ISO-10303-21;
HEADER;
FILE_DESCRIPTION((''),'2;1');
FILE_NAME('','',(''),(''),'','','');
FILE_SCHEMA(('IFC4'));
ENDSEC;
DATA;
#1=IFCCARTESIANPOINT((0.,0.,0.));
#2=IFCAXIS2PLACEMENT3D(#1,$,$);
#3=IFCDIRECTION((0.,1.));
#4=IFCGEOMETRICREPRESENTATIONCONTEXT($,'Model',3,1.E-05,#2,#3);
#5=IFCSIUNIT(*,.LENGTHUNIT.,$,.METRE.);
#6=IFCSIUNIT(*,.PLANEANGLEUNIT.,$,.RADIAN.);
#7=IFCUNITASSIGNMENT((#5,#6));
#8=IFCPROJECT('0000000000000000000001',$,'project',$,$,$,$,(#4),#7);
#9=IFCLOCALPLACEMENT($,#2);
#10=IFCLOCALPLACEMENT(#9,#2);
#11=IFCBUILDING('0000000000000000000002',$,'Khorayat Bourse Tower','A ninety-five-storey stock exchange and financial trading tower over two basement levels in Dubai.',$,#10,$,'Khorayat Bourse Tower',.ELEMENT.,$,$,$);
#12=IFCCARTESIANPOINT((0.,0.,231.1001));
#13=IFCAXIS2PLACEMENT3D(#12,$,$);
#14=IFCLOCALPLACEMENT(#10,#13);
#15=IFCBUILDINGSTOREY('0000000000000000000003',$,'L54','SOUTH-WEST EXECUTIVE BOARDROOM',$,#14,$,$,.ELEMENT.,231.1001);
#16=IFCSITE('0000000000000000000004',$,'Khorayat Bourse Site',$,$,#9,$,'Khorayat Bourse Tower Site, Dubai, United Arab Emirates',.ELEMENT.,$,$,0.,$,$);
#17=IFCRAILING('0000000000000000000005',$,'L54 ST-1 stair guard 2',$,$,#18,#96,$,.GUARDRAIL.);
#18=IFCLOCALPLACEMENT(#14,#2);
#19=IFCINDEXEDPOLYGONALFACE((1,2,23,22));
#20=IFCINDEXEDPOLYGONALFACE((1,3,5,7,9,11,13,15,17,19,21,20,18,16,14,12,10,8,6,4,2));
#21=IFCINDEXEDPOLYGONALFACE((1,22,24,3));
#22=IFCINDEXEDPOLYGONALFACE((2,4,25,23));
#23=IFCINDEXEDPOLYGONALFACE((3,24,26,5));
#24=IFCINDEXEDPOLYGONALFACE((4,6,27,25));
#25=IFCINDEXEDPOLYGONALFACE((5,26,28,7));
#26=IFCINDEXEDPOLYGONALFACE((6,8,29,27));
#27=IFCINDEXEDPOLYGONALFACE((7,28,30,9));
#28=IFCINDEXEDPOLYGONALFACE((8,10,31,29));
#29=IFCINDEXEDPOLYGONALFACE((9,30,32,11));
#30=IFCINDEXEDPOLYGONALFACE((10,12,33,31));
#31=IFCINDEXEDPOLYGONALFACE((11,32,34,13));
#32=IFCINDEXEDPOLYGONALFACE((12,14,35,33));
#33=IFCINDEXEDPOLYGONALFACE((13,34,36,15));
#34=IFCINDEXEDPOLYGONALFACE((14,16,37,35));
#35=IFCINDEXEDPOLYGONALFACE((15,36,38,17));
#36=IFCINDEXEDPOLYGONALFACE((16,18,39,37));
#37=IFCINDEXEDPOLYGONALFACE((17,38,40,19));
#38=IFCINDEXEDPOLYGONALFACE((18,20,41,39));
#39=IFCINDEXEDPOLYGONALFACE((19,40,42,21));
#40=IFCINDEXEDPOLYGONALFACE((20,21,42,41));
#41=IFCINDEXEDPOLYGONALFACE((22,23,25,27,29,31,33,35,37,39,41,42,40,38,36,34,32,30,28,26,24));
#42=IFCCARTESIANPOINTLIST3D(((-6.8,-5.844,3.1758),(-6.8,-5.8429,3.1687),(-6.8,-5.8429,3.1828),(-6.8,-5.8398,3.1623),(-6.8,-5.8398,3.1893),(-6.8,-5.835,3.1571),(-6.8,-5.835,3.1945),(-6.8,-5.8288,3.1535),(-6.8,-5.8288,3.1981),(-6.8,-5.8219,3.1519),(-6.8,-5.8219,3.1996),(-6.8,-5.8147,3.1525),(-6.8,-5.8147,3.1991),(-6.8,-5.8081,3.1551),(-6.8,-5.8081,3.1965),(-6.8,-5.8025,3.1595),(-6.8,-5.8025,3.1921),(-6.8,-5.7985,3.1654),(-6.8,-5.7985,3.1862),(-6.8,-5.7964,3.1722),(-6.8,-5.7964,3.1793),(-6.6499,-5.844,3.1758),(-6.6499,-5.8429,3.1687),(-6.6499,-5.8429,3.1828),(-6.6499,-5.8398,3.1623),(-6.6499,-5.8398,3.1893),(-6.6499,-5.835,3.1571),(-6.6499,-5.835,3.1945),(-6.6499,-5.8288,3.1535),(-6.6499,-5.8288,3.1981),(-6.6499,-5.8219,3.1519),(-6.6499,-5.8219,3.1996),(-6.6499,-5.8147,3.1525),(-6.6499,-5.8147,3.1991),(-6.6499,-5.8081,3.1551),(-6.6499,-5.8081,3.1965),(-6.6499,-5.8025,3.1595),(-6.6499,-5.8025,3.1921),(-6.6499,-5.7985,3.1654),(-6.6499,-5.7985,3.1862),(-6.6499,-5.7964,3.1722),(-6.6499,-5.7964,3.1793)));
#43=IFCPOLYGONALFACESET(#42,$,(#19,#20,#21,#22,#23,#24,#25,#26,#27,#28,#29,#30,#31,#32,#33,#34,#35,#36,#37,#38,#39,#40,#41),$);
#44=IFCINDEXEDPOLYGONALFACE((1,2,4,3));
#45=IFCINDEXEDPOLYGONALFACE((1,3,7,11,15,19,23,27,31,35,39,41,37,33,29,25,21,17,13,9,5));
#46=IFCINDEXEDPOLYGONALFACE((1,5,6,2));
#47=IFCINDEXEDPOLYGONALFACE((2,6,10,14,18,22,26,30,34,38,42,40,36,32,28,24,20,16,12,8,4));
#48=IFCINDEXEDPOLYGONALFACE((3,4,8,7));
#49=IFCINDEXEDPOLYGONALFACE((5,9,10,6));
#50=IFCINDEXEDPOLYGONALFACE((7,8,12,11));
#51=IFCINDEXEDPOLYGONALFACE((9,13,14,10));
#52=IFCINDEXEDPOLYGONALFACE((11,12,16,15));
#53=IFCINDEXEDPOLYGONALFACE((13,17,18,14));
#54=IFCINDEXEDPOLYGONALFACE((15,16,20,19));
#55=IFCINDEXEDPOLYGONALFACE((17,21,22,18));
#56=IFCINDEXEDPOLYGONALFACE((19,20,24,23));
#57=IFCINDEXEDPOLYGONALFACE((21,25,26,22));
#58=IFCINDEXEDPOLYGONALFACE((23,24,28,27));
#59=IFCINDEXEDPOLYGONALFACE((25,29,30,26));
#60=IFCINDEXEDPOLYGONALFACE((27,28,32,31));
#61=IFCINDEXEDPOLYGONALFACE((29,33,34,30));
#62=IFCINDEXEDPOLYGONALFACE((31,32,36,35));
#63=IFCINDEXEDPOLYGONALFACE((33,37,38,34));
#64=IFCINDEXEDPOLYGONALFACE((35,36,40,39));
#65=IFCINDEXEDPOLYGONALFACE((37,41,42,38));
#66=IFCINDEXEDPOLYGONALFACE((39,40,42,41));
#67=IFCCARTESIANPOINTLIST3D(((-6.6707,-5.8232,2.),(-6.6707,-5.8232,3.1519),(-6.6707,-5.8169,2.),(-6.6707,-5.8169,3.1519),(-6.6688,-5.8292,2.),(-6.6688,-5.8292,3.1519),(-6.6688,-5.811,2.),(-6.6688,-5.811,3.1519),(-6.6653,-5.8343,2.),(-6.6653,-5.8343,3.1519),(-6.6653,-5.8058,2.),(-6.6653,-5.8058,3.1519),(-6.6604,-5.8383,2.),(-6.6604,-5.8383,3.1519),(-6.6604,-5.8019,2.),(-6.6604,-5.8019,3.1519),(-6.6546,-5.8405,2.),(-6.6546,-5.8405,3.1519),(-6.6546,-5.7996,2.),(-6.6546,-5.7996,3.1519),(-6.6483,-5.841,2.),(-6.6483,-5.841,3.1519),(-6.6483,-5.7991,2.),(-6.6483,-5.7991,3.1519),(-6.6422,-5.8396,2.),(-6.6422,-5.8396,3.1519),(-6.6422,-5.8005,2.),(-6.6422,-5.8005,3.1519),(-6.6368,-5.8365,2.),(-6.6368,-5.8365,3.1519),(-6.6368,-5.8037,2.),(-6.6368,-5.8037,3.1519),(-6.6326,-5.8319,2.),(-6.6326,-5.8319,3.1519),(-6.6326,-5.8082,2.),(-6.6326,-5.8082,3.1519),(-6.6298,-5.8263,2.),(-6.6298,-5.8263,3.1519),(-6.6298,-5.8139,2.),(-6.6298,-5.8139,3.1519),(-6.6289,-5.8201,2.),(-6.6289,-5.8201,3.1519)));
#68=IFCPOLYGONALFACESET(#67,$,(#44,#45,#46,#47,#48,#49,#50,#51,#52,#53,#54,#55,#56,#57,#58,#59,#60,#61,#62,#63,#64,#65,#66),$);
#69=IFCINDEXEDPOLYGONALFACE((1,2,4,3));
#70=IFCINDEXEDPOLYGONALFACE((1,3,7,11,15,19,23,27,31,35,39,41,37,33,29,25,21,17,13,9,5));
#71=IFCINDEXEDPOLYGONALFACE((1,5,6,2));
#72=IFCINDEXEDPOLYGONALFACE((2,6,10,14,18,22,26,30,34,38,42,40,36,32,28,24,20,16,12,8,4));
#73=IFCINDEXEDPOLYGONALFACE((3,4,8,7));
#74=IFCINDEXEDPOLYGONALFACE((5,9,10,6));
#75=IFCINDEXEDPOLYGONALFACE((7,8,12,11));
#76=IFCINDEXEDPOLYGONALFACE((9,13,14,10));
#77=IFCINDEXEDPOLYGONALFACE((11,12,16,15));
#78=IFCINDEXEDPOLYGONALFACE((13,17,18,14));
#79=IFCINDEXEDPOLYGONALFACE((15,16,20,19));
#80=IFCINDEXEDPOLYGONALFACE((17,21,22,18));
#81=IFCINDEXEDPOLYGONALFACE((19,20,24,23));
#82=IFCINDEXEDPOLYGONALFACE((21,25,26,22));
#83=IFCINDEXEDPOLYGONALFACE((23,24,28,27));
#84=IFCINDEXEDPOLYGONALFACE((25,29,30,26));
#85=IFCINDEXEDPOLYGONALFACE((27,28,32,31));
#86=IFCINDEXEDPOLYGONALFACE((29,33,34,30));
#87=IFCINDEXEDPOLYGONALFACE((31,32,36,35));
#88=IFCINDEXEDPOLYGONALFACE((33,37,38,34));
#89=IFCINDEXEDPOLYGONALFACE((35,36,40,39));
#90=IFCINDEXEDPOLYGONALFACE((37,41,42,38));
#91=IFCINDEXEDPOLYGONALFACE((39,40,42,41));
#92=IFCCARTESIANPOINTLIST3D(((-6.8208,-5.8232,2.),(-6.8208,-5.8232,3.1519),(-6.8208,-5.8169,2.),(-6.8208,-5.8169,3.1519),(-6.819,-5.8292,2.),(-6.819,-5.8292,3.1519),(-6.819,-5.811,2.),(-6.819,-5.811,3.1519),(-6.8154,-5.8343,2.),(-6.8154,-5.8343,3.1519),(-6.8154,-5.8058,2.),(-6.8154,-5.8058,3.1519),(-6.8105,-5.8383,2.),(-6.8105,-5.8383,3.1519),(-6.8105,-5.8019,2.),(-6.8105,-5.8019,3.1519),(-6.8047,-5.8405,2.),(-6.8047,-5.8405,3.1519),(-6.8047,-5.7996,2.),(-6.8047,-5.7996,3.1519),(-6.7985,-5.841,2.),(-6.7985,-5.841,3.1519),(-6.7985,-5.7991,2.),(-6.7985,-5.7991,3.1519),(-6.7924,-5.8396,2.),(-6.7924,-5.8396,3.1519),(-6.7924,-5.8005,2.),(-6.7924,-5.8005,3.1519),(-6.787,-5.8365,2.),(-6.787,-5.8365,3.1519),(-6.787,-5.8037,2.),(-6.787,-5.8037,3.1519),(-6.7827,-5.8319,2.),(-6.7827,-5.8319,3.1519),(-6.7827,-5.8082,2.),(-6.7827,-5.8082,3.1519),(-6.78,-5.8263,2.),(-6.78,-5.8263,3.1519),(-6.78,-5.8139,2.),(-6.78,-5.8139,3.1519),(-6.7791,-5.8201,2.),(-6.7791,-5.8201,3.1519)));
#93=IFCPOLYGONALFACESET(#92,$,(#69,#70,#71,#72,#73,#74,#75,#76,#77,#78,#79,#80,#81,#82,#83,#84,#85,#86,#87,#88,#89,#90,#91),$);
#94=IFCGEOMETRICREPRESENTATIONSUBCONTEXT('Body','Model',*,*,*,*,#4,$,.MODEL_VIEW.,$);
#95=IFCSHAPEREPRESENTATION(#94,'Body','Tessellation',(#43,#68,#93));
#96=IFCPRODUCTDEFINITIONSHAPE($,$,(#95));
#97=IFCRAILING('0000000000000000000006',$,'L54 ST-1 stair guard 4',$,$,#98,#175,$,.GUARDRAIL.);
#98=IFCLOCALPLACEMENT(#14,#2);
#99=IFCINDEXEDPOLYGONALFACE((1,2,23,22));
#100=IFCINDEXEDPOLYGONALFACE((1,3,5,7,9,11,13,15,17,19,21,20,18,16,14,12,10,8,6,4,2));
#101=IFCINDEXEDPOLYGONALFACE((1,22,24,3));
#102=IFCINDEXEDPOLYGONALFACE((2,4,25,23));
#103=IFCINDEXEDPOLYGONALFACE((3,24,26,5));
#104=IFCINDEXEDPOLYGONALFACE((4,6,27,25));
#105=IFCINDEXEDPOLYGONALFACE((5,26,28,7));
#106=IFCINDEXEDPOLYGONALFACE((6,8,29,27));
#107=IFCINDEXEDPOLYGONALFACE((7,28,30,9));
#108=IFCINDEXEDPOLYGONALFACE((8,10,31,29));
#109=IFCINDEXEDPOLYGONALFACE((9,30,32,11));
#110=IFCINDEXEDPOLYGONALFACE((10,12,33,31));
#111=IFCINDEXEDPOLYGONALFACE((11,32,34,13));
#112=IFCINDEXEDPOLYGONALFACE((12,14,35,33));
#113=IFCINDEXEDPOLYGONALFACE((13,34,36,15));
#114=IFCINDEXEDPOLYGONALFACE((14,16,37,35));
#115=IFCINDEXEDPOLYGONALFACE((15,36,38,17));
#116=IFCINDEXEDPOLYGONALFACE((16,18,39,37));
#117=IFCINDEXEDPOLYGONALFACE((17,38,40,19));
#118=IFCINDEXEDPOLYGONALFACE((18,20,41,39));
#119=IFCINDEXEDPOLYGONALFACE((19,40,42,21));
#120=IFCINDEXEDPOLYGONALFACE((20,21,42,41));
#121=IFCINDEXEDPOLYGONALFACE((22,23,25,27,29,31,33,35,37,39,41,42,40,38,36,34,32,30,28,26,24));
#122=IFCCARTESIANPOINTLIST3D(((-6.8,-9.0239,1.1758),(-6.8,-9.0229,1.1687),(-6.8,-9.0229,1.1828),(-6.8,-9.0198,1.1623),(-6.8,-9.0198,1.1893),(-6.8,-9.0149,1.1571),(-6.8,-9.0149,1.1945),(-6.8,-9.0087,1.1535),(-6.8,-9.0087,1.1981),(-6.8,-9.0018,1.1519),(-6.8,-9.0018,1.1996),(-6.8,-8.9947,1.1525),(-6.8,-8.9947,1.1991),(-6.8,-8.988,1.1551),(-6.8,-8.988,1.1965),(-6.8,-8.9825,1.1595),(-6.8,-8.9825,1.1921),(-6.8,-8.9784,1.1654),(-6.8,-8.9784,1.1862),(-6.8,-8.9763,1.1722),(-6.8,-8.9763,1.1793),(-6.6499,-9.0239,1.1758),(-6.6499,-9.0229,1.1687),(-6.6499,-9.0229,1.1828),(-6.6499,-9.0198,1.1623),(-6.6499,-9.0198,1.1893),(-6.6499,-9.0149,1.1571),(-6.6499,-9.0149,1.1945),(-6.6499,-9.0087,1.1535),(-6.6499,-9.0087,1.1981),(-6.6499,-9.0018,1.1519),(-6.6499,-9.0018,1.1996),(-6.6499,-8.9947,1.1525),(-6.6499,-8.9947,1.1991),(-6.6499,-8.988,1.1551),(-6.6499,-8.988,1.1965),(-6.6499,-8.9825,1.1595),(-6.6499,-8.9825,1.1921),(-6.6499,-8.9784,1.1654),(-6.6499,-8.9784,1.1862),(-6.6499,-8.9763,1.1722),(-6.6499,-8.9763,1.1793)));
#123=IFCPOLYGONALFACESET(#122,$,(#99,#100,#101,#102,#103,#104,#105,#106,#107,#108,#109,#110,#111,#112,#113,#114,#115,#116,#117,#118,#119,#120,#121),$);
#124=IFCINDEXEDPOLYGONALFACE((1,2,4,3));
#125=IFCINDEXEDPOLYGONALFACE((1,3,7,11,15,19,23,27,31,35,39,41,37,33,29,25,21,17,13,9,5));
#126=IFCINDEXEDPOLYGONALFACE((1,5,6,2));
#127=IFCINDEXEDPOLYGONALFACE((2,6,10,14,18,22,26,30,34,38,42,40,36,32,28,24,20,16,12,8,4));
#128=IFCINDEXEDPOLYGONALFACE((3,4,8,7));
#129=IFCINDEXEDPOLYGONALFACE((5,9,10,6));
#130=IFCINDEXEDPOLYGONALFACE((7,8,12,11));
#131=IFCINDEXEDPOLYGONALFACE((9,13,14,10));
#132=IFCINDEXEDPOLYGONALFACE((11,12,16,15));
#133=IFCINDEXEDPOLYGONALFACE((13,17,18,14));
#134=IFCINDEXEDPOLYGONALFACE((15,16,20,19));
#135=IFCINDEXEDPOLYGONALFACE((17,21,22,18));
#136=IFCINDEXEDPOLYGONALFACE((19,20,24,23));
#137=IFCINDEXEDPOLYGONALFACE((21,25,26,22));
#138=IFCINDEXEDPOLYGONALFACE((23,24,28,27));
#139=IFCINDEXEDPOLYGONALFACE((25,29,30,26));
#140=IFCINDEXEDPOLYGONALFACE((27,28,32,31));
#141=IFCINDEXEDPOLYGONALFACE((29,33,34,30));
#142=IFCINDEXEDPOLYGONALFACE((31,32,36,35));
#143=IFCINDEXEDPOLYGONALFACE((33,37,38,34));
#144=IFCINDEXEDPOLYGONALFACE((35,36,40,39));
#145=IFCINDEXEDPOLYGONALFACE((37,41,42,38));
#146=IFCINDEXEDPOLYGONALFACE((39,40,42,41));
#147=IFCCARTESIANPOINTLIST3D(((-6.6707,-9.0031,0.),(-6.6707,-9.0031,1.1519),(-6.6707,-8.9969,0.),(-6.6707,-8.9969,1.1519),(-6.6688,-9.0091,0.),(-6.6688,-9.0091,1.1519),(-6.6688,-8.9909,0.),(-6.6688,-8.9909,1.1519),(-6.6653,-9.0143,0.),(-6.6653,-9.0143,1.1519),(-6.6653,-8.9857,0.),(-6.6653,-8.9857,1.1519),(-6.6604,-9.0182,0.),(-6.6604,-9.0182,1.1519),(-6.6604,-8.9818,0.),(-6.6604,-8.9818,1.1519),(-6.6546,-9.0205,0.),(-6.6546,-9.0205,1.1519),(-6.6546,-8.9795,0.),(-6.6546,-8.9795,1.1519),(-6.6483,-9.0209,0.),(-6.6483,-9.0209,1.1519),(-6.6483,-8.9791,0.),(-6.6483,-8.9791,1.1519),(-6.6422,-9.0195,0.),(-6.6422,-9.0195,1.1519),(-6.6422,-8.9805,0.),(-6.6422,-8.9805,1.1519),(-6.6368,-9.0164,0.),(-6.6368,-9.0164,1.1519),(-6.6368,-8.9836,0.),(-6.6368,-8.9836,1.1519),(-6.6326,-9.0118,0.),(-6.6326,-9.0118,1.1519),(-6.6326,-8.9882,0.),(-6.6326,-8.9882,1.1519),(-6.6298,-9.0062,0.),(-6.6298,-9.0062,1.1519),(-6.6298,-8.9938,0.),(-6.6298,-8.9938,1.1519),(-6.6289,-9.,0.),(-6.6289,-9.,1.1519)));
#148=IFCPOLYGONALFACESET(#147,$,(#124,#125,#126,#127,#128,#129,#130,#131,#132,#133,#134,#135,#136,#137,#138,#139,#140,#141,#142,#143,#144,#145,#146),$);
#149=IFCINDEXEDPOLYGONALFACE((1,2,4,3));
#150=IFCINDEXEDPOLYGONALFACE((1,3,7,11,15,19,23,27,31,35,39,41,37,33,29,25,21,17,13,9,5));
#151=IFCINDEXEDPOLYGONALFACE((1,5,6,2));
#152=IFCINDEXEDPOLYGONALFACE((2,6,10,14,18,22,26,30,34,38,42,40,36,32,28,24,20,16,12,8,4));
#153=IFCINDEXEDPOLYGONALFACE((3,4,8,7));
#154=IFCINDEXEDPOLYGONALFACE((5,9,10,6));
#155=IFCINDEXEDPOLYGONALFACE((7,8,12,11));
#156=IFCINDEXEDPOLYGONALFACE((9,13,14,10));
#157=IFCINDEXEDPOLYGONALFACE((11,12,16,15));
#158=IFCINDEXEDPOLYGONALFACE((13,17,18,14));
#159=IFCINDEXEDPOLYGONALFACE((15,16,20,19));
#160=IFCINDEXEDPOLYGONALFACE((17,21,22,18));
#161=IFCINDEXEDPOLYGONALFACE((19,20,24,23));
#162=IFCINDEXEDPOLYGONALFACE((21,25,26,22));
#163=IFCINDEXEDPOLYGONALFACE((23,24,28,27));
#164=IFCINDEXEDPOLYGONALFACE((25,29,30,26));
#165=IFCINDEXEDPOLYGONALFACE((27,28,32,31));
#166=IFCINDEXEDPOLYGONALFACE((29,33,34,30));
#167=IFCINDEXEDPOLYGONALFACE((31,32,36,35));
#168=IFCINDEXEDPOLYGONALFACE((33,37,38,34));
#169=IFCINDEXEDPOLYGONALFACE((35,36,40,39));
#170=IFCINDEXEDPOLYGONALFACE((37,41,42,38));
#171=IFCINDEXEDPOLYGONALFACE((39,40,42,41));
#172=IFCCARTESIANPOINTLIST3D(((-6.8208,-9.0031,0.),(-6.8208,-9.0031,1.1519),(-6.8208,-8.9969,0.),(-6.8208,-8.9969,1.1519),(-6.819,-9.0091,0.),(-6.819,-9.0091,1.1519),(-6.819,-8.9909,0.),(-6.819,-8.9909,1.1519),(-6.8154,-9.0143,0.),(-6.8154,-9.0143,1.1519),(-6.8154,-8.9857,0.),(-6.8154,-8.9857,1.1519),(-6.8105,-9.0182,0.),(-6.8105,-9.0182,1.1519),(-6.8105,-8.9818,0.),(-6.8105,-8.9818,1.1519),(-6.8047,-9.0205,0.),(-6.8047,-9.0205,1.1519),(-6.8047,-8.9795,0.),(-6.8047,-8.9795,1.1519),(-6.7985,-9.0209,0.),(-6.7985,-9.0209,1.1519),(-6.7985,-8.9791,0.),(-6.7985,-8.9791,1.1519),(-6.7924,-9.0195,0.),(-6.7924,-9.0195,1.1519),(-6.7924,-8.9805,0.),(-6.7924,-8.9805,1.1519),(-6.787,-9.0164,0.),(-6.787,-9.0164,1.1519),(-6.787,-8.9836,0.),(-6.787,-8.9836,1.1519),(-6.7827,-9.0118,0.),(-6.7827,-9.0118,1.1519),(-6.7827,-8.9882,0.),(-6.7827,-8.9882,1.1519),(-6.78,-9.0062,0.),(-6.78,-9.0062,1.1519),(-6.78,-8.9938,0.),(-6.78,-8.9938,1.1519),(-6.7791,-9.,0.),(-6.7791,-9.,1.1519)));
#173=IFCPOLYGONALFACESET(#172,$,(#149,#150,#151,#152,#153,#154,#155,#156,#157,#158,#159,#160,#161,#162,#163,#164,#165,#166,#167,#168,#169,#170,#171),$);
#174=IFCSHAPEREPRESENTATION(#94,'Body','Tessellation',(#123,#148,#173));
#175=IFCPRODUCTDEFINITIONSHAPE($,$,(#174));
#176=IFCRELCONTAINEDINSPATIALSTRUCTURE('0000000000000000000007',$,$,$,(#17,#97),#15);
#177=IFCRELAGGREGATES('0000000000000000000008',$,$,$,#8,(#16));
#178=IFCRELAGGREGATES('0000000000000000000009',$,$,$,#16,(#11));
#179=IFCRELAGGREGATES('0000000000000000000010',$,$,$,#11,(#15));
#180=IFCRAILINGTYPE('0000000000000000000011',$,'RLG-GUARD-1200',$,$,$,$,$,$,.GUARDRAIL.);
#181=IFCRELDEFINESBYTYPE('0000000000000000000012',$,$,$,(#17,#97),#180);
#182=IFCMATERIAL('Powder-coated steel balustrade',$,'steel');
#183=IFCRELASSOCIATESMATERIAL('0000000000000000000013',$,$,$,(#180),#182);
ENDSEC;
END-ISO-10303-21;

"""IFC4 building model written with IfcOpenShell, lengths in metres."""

from ifc_helpers import new_model, si_unit, direction, frame, origin, origin_2d, place, context, subcontext, project, spatial, circle, extrude, source, transform, mapped, material, type_object, element, save


model = new_model("IFC4")

# Units and contexts
model_context = context("Model", 3, precision=1e-05, world=origin(), true_north=direction((0.0, 1.0)))
body_context = subcontext(model_context, "Body", "Model", "MODEL_VIEW")
ifc_project = project(units=[si_unit("LENGTHUNIT", "METRE"), si_unit("PLANEANGLEUNIT", "RADIAN")], contexts=[model_context])

# Site, building, storey
site_placement = place(None, origin())
site = spatial("IfcSite", under=ifc_project, at=site_placement, Name="Khorayat Bourse Site", LongName="Khorayat Bourse Tower Site, Dubai, United Arab Emirates", CompositionType="ELEMENT", RefElevation=0.0)
building_placement = place(site_placement, origin())
building = spatial("IfcBuilding", under=site, at=building_placement, Name="Khorayat Bourse Tower", Description="A ninety-five-storey stock exchange and financial trading tower over two basement levels in Dubai.", LongName="Khorayat Bourse Tower", CompositionType="ELEMENT")
storey_placement = place(building_placement, frame((0.0, 0.0, 231.1001)))
storey = spatial("IfcBuildingStorey", under=building, at=storey_placement, Name="L54", Description="SOUTH-WEST EXECUTIVE BOARDROOM", CompositionType="ELEMENT", Elevation=231.1001)

# Railings
ifc_material_1 = material(Name="Powder-coated steel balustrade", Category="steel")
railing_type_1 = type_object("IfcRailingType", Name="RLG-GUARD-1200", PredefinedType="GUARDRAIL", material=ifc_material_1)
shared_shape_1 = source(origin(), body_context, "Body", "SweptSolid", [
    extrude(circle(Radius=0.0239, at=origin_2d()), frame((0.0, 0.0, 1.1758), z_axis=(-1.0, 0.0, 0.0), x_axis=(0.0, -1.0, 0.0)), (0.0, 0.0, 1.0), 0.1501),
    extrude(circle(Radius=0.021, at=origin_2d()), origin(), (0.0, 0.0, 1.0), 1.1519),
    extrude(circle(Radius=0.021, at=origin_2d()), frame((-0.1501, 0.0, 0.0)), (0.0, 0.0, 1.0), 1.1519),
])
for number, where, name in (
    (1, (-6.6499, -5.8201, 2.0), "L54 ST-1 stair guard 2"),
    (2, (-6.6499, -9.0, 0.0), "L54 ST-1 stair guard 4"),
):
    element("IfcRailing", number, at=place(storey_placement, frame(where)), inside=storey, type_object=railing_type_1, Name=name, PredefinedType="GUARDRAIL", context=body_context, shape_type="MappedRepresentation", body=[
        mapped(shared_shape_1, transform((0.0, 0.0, 0.0), scale=1.0)),
    ])

save(model, "model.ifc")
